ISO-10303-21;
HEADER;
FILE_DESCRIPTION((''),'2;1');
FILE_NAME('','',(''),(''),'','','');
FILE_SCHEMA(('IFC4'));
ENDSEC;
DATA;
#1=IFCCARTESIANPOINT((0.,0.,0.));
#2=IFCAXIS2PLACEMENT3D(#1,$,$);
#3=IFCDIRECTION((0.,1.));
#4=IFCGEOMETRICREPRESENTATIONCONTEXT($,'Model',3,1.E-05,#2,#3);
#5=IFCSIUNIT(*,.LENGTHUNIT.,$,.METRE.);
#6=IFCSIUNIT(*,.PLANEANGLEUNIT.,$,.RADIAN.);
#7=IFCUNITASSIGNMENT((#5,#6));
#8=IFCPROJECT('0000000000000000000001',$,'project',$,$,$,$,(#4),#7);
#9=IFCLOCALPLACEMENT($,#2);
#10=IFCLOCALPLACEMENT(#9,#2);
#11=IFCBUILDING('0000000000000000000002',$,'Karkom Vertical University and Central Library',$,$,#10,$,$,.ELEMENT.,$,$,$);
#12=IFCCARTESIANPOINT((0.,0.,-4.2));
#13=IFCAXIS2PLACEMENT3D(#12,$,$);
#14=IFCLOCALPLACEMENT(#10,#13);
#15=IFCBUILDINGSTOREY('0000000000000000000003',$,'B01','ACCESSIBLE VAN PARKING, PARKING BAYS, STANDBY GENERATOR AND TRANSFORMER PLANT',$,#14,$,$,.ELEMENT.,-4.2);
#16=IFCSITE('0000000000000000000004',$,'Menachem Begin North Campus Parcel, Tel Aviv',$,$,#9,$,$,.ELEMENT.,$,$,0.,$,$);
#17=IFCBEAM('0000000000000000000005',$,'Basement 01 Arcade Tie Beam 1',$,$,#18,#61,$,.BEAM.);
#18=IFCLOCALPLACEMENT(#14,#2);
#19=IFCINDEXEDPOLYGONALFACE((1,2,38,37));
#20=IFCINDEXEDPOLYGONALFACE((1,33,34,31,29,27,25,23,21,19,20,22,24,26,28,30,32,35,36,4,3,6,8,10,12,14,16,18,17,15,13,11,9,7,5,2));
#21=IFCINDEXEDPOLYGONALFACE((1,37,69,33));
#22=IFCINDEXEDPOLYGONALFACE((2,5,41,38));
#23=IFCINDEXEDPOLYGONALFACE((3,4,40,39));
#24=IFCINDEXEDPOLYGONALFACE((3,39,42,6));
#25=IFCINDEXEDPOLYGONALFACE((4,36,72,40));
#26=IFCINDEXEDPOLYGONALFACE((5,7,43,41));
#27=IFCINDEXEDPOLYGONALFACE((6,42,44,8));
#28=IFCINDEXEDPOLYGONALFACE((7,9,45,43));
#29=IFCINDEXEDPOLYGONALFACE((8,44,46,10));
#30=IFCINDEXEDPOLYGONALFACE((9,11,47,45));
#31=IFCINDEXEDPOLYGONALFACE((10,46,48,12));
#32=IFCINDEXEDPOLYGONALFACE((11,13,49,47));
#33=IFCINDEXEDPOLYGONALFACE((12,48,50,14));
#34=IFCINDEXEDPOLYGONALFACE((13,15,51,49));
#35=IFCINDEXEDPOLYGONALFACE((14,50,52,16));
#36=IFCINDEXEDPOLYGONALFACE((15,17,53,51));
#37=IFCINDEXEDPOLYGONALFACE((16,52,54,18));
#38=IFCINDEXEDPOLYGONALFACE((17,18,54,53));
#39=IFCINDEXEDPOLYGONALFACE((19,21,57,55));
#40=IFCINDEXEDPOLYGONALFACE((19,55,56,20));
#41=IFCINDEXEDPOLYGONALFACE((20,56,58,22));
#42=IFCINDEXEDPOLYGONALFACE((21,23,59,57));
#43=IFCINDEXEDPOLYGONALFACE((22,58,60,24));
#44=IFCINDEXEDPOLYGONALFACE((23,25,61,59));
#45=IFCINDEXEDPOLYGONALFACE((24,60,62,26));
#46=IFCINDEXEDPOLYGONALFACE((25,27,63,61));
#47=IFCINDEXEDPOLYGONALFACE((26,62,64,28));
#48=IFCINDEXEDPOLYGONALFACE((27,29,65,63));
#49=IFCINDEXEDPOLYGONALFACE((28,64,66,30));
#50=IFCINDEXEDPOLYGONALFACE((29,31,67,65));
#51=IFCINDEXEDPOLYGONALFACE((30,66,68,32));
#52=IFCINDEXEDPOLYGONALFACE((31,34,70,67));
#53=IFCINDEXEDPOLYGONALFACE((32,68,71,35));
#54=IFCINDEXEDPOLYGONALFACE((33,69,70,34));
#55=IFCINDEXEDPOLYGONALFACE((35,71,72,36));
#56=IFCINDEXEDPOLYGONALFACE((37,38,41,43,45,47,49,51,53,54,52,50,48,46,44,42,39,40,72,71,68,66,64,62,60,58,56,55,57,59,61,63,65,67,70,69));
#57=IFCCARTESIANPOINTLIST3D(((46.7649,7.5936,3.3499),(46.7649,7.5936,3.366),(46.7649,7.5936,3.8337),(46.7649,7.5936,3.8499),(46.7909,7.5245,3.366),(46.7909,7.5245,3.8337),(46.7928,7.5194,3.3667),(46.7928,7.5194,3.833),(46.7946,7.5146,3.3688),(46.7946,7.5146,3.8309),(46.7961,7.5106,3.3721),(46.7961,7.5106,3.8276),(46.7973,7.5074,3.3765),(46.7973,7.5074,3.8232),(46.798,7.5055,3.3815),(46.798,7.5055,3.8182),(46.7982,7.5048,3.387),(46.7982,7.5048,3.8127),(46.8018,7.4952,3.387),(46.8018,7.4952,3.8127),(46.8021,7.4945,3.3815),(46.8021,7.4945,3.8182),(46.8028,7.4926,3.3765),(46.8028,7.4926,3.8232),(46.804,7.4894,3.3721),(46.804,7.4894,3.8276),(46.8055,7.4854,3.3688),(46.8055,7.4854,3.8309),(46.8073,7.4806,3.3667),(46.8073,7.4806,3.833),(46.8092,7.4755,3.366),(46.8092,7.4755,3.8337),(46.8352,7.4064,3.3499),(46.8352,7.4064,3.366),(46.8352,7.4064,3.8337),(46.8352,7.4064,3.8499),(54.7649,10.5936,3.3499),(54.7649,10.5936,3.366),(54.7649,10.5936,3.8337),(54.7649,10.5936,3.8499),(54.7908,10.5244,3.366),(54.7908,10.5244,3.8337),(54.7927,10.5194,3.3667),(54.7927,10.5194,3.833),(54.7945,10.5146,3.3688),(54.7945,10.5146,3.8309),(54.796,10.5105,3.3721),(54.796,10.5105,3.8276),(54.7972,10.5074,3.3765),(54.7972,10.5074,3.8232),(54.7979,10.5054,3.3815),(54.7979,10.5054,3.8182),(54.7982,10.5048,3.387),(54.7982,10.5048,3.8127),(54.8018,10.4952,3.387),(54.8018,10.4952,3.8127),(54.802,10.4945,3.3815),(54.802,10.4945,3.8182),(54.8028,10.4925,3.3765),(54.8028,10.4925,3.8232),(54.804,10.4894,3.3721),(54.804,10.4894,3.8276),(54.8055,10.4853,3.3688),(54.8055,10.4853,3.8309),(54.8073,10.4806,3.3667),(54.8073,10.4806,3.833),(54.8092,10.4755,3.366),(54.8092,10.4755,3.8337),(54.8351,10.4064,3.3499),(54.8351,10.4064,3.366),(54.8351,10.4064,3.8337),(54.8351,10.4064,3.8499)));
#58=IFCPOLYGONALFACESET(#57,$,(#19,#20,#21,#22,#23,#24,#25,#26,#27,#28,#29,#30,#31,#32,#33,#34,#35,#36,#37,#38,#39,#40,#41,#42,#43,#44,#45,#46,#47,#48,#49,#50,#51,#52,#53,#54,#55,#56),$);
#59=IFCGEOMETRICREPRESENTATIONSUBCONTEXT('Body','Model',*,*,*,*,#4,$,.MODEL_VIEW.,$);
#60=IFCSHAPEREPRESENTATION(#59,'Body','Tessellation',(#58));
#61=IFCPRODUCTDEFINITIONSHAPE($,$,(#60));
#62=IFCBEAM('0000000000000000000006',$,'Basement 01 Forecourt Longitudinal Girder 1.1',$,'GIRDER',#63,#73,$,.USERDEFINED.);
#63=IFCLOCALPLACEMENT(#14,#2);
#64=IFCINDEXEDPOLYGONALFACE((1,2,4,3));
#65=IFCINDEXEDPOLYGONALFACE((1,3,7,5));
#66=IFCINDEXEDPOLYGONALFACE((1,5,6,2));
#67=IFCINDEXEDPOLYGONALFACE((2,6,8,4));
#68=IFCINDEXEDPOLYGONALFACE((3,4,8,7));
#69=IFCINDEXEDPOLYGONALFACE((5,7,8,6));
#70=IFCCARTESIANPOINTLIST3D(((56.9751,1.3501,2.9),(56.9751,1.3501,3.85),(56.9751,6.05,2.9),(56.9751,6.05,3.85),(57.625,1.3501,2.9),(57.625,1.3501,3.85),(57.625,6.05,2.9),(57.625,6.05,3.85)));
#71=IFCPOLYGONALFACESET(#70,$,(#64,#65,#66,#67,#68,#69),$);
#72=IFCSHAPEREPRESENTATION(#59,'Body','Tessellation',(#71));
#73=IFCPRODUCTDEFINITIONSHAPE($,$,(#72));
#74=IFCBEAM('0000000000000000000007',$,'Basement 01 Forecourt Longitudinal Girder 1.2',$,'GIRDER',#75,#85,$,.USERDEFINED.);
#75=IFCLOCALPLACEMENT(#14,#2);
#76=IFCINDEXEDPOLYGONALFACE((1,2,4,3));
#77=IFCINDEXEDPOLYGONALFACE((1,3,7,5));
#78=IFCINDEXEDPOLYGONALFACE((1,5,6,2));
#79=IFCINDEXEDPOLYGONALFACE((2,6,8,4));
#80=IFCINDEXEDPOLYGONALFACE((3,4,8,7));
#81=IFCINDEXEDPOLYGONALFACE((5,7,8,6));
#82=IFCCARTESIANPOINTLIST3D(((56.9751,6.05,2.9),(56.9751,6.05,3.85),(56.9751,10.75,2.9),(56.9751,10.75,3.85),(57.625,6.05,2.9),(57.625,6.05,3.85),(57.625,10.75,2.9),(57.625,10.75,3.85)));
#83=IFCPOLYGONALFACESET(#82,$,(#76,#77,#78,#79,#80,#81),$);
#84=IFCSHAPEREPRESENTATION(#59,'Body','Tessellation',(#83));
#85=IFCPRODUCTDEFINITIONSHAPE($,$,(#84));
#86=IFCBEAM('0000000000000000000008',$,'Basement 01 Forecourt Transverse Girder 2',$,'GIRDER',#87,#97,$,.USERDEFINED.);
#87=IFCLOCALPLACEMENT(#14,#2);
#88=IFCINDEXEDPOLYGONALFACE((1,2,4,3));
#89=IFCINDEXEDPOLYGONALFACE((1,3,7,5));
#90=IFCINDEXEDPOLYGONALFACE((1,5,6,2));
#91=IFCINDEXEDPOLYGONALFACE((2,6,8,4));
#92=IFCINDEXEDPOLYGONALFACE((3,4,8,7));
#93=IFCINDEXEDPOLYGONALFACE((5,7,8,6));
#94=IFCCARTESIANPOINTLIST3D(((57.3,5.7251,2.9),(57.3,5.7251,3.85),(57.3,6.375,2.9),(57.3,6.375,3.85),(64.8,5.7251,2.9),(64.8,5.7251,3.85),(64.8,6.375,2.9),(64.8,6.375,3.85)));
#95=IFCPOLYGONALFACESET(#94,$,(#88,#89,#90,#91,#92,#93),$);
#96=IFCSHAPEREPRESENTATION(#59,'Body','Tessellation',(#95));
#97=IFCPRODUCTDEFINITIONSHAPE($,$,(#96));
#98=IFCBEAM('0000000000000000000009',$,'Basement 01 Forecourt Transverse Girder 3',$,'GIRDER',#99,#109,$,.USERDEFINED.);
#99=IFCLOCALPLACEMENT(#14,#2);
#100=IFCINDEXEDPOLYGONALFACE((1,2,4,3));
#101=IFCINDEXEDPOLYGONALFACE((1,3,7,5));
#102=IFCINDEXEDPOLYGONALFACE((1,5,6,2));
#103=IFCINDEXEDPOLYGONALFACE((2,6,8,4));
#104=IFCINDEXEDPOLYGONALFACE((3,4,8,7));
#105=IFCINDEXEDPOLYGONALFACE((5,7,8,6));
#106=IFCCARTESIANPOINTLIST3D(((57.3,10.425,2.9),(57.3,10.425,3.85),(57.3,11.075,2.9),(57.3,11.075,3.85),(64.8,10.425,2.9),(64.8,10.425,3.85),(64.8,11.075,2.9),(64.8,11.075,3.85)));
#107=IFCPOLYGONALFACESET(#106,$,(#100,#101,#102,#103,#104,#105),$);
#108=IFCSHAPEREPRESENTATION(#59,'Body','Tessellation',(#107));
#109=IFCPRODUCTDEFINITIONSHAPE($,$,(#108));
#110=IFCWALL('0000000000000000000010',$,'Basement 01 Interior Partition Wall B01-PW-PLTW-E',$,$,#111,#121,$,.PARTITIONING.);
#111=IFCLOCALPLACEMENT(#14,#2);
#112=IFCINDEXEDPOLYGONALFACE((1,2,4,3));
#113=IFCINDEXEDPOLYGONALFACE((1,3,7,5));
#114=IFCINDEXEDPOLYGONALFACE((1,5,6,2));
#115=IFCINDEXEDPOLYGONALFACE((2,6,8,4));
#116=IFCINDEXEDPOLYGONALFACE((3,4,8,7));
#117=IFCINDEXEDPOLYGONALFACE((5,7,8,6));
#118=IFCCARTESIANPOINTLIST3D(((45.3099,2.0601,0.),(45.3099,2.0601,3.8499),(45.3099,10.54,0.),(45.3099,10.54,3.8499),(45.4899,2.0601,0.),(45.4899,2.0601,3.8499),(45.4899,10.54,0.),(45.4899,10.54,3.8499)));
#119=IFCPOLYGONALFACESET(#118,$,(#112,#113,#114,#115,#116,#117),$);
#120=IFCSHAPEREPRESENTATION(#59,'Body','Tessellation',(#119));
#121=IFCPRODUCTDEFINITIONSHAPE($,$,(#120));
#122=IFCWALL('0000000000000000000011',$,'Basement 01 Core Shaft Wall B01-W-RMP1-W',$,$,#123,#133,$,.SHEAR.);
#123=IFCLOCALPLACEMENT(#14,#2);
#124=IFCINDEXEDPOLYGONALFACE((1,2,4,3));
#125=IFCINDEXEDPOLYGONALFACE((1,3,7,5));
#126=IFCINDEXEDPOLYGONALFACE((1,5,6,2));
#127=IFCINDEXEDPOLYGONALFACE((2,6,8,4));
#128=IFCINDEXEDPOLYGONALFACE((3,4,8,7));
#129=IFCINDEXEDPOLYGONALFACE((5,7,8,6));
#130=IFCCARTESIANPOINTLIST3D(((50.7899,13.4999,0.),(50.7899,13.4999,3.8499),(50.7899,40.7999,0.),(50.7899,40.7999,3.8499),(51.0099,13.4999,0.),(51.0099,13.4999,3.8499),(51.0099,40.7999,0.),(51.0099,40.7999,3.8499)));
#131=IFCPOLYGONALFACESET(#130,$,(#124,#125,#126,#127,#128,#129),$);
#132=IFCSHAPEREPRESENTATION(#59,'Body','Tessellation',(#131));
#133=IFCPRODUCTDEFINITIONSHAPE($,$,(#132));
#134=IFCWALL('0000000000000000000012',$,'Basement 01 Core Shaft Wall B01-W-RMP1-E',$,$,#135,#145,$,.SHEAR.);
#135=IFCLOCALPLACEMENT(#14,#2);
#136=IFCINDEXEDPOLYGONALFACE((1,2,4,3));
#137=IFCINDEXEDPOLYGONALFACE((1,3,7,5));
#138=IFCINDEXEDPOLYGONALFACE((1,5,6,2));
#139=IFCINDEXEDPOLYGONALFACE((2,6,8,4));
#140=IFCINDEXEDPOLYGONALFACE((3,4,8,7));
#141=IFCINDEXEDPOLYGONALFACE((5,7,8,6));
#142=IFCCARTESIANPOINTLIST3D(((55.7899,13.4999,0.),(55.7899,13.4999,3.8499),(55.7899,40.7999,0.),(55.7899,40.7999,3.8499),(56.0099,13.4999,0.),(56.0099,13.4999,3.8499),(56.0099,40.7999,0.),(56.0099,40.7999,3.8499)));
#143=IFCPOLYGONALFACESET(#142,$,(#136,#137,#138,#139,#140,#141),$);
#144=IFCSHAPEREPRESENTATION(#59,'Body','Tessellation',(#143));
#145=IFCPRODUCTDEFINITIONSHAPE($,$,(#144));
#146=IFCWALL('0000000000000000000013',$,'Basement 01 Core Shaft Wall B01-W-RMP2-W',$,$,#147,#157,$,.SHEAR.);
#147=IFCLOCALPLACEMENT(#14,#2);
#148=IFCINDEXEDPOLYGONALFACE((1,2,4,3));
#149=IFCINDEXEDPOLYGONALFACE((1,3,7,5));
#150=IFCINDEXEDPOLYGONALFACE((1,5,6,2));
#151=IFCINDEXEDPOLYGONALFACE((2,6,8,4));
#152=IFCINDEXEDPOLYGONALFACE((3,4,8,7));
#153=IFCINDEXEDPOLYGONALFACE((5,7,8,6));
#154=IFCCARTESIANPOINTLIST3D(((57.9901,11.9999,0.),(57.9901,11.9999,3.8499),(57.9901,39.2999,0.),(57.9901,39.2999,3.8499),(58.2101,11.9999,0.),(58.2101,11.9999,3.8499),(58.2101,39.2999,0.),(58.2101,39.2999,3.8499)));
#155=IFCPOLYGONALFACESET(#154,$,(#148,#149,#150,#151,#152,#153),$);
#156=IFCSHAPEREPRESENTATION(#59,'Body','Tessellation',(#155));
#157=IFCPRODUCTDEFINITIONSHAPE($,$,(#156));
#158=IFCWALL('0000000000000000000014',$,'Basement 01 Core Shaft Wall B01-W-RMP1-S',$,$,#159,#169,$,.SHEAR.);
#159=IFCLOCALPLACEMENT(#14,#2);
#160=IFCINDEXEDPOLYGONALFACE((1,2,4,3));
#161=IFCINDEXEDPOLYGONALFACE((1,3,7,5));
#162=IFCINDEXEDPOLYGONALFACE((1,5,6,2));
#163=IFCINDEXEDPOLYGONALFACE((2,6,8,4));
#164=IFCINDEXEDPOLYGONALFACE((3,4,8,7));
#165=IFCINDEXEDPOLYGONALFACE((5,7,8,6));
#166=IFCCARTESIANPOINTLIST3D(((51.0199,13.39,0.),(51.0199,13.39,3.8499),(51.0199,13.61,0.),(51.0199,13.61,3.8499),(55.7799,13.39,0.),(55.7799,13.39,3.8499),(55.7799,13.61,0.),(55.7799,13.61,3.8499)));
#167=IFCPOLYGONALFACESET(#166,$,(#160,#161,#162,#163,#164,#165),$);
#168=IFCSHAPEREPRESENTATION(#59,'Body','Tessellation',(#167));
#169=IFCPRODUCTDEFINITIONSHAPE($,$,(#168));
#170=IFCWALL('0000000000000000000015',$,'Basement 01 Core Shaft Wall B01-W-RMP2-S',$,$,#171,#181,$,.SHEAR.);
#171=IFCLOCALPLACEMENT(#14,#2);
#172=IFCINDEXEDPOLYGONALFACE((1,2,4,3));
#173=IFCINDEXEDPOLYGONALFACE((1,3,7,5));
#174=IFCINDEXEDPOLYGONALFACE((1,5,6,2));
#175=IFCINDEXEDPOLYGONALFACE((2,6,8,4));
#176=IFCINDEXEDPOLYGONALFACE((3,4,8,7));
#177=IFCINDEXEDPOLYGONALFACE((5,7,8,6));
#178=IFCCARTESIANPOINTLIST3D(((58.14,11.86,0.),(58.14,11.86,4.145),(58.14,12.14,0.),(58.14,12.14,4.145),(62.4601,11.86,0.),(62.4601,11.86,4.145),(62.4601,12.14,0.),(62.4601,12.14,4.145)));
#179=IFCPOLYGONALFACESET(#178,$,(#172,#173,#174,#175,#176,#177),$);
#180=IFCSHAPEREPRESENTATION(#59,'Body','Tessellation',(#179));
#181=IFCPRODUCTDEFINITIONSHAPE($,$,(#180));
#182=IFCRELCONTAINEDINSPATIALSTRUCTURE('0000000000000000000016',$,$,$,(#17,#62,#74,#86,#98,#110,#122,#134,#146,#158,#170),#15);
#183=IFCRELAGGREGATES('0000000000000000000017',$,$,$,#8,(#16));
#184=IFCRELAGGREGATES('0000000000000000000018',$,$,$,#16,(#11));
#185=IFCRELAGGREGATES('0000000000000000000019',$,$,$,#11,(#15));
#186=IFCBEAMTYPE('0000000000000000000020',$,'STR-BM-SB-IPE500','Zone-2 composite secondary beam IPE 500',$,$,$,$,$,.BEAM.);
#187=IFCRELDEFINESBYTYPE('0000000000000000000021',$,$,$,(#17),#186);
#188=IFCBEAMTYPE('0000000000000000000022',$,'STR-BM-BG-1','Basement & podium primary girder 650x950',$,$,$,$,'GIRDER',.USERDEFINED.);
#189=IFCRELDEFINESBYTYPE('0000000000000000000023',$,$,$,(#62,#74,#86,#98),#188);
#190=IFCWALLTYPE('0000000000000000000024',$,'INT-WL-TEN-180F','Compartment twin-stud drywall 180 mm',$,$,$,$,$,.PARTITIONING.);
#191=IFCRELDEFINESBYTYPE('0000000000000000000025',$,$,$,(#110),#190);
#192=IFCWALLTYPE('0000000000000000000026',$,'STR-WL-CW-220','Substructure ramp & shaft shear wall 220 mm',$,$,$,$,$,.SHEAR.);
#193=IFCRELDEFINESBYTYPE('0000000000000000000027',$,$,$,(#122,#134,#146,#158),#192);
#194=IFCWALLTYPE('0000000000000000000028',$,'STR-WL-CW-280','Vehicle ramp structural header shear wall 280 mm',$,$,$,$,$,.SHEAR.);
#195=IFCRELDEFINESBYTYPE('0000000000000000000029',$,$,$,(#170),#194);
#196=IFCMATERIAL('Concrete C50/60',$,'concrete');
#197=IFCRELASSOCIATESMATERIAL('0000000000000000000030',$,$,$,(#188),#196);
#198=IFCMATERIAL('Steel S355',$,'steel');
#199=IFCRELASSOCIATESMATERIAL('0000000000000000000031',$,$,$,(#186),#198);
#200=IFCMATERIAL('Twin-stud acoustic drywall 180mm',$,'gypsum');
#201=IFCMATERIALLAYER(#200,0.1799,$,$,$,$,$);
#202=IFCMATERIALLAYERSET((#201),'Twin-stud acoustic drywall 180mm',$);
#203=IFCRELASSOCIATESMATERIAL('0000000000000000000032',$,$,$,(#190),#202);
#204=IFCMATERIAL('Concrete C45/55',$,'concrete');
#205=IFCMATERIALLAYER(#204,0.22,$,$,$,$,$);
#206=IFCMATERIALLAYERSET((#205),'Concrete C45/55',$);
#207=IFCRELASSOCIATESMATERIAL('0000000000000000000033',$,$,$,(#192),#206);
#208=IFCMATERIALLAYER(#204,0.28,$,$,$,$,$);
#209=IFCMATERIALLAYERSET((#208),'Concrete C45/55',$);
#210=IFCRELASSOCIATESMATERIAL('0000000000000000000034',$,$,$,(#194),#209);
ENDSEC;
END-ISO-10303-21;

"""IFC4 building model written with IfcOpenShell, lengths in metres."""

from ifc_helpers import new_model, si_unit, direction, frame, frame_2d, origin, origin_with_axes, origin_2d, place, context, subcontext, project, spatial, rectangle, i_section, extrude, source, transform, mapped, material, layer, layer_set, material_profile, profile_set, type_object, element, save


model = new_model("IFC4")

# Units and contexts
model_context = context("Model", 3, precision=1e-05, world=origin(), true_north=direction((0.0, 1.0)))
body_context = subcontext(model_context, "Body", "Model", "MODEL_VIEW")
ifc_project = project(units=[si_unit("LENGTHUNIT", "METRE"), si_unit("PLANEANGLEUNIT", "RADIAN")], contexts=[model_context])

# Site, building, storey
site_placement = place(None, origin())
site = spatial("IfcSite", under=ifc_project, at=site_placement, Name="Menachem Begin North Campus Parcel, Tel Aviv", CompositionType="ELEMENT", RefElevation=0.0)
building_placement = place(site_placement, origin())
building = spatial("IfcBuilding", under=site, at=building_placement, Name="Karkom Vertical University and Central Library", CompositionType="ELEMENT")
storey_placement = place(building_placement, frame((0.0, 0.0, -4.2)))
storey = spatial("IfcBuildingStorey", under=building, at=storey_placement, Name="B01", Description="ACCESSIBLE VAN PARKING, PARKING BAYS, STANDBY GENERATOR AND TRANSFORMER PLANT", CompositionType="ELEMENT", Elevation=-4.2)

# Shared definitions
ifc_material_1 = material(Name="Concrete C45/55", Category="concrete")
ifc_material_2 = material(Name="Concrete C50/60", Category="concrete")

# Beams
ifc_material_profile_1 = material_profile(ifc_material_2, rectangle(XDim=0.6499, YDim=0.95, at=origin_2d()), Name="RCG-650x950")
ifc_profile_set_1 = profile_set([ifc_material_profile_1], Name="Concrete C50/60")
beam_type_1 = type_object("IfcBeamType", Name="STR-BM-BG-1", Description="Basement & podium primary girder 650x950", ElementType="GIRDER", PredefinedType="USERDEFINED", material=ifc_profile_set_1)
ifc_material_3 = material(Name="Steel S355", Category="steel")
ifc_material_profile_2 = material_profile(ifc_material_3, i_section(OverallWidth=0.2, OverallDepth=0.5, WebThickness=0.0103, FlangeThickness=0.0161, FilletRadius=0.021, at=origin_2d()), Name="IPE 500")
ifc_profile_set_2 = profile_set([ifc_material_profile_2], Name="Steel S355")
beam_type_2 = type_object("IfcBeamType", Name="STR-BM-SB-IPE500", Description="Zone-2 composite secondary beam IPE 500", PredefinedType="BEAM", material=ifc_profile_set_2)
shared_shape_1 = source(origin_with_axes(), body_context, "Body", "SweptSolid", [
    extrude(i_section(OverallWidth=0.2, OverallDepth=0.5, WebThickness=0.0103, FlangeThickness=0.0161, FilletRadius=0.021, at=origin_2d()), origin(), (0.0, 0.0, 1.0), 8.5439),
])
beam_1_placement = place(storey_placement, frame((46.8, 7.5, 3.5999), z_axis=(0.936329, 0.351123, 0.0), x_axis=(-0.351123, 0.936329, 0.0)))
element("IfcBeam", 1, at=beam_1_placement, inside=storey, type_object=beam_type_2, Name="Basement 01 Arcade Tie Beam 1", PredefinedType="BEAM", context=body_context, shape_type="MappedRepresentation", body=[
    mapped(shared_shape_1, transform((0.0, 0.0, 0.0), scale=1.0)),
])
shared_shape_2 = source(origin_with_axes(), body_context, "Body", "SweptSolid", [
    extrude(rectangle(XDim=0.6499, YDim=0.95, at=origin_2d()), origin(), (0.0, 0.0, 1.0), 4.7),
])
for number, where, z_axis, x_axis, name in (
    (2, (57.3, 1.3501, 3.375), (0.0, 1.0, 0.0), (-1.0, 0.0, 0.0), "Basement 01 Forecourt Longitudinal Girder 1.1"),
    (3, (57.3, 6.05, 3.375), (0.0, 1.0, 0.0), (-1.0, 0.0, 0.0), "Basement 01 Forecourt Longitudinal Girder 1.2"),
):
    element("IfcBeam", number, at=place(storey_placement, frame(where, z_axis=z_axis, x_axis=x_axis)), inside=storey, type_object=beam_type_1, Name=name, ObjectType="GIRDER", PredefinedType="USERDEFINED", context=body_context, shape_type="MappedRepresentation", body=[
        mapped(shared_shape_2, transform((0.0, 0.0, 0.0), scale=1.0)),
    ])
shared_shape_3 = source(origin_with_axes(), body_context, "Body", "SweptSolid", [
    extrude(rectangle(XDim=0.6499, YDim=0.95, at=origin_2d()), origin(), (0.0, 0.0, 1.0), 7.5),
])
for number, where, z_axis, x_axis, name in (
    (4, (57.3, 6.05, 3.375), (1.0, 0.0, 0.0), (0.0, 1.0, 0.0), "Basement 01 Forecourt Transverse Girder 2"),
    (5, (57.3, 10.75, 3.375), (1.0, 0.0, 0.0), (0.0, 1.0, 0.0), "Basement 01 Forecourt Transverse Girder 3"),
):
    element("IfcBeam", number, at=place(storey_placement, frame(where, z_axis=z_axis, x_axis=x_axis)), inside=storey, type_object=beam_type_1, Name=name, ObjectType="GIRDER", PredefinedType="USERDEFINED", context=body_context, shape_type="MappedRepresentation", body=[
        mapped(shared_shape_3, transform((0.0, 0.0, 0.0), scale=1.0)),
    ])

# Walls
ifc_material_4 = material(Name="Twin-stud acoustic drywall 180mm", Category="gypsum")
ifc_layer_1 = layer(ifc_material_4, 0.1799)
ifc_layer_set_1 = layer_set([ifc_layer_1], Name="Twin-stud acoustic drywall 180mm")
wall_type_1 = type_object("IfcWallType", Name="INT-WL-TEN-180F", Description="Compartment twin-stud drywall 180 mm", PredefinedType="PARTITIONING", material=ifc_layer_set_1)
wall_1_placement = place(storey_placement, frame((45.3999, 2.0601, 0.0), z_axis=(0.0, 0.0, 1.0), x_axis=(0.0, 1.0, 0.0)))
element("IfcWall", 6, at=wall_1_placement, inside=storey, type_object=wall_type_1, Name="Basement 01 Interior Partition Wall B01-PW-PLTW-E", PredefinedType="PARTITIONING", context=body_context, shape_type="SweptSolid", body=[
    extrude(rectangle(XDim=8.48, YDim=0.1799, at=frame_2d((4.24, 0.0))), origin(), (0.0, 0.0, 1.0), 3.8499),
])
ifc_layer_2 = layer(ifc_material_1, 0.22)
ifc_layer_set_2 = layer_set([ifc_layer_2], Name="Concrete C45/55")
wall_type_2 = type_object("IfcWallType", Name="STR-WL-CW-220", Description="Substructure ramp & shaft shear wall 220 mm", PredefinedType="SHEAR", material=ifc_layer_set_2)
for number, where, z_axis, x_axis, name in (
    (7, (50.8999, 13.5, 0.0), (0.0, 0.0, 1.0), (0.0, 1.0, 0.0), "Basement 01 Core Shaft Wall B01-W-RMP1-W"),
    (8, (55.8999, 13.5, 0.0), (0.0, 0.0, 1.0), (0.0, 1.0, 0.0), "Basement 01 Core Shaft Wall B01-W-RMP1-E"),
    (9, (58.1001, 12.0, 0.0), (0.0, 0.0, 1.0), (0.0, 1.0, 0.0), "Basement 01 Core Shaft Wall B01-W-RMP2-W"),
):
    element("IfcWall", number, at=place(storey_placement, frame(where, z_axis=z_axis, x_axis=x_axis)), inside=storey, type_object=wall_type_2, Name=name, PredefinedType="SHEAR", context=body_context, shape_type="SweptSolid", body=[
        extrude(rectangle(XDim=27.3, YDim=0.22, at=frame_2d((13.6499, 0.0))), origin(), (0.0, 0.0, 1.0), 3.8499),
    ])
wall_2_placement = place(storey_placement, frame((51.02, 13.5, 0.0), z_axis=(0.0, 0.0, 1.0), x_axis=(1.0, 0.0, 0.0)))
element("IfcWall", 10, at=wall_2_placement, inside=storey, type_object=wall_type_2, Name="Basement 01 Core Shaft Wall B01-W-RMP1-S", PredefinedType="SHEAR", context=body_context, shape_type="SweptSolid", body=[
    extrude(rectangle(XDim=4.76, YDim=0.22, at=frame_2d((2.3799, 0.0))), origin(), (0.0, 0.0, 1.0), 3.8499),
])
ifc_layer_3 = layer(ifc_material_1, 0.28)
ifc_layer_set_3 = layer_set([ifc_layer_3], Name="Concrete C45/55")
wall_type_3 = type_object("IfcWallType", Name="STR-WL-CW-280", Description="Vehicle ramp structural header shear wall 280 mm", PredefinedType="SHEAR", material=ifc_layer_set_3)
wall_3_placement = place(storey_placement, frame((58.1399, 12.0, 0.0), z_axis=(0.0, 0.0, 1.0), x_axis=(1.0, 0.0, 0.0)))
element("IfcWall", 11, at=wall_3_placement, inside=storey, type_object=wall_type_3, Name="Basement 01 Core Shaft Wall B01-W-RMP2-S", PredefinedType="SHEAR", context=body_context, shape_type="SweptSolid", body=[
    extrude(rectangle(XDim=4.3201, YDim=0.28, at=frame_2d((2.1602, 0.0))), origin(), (0.0, 0.0, 1.0), 4.145),
])

save(model, "model.ifc")
